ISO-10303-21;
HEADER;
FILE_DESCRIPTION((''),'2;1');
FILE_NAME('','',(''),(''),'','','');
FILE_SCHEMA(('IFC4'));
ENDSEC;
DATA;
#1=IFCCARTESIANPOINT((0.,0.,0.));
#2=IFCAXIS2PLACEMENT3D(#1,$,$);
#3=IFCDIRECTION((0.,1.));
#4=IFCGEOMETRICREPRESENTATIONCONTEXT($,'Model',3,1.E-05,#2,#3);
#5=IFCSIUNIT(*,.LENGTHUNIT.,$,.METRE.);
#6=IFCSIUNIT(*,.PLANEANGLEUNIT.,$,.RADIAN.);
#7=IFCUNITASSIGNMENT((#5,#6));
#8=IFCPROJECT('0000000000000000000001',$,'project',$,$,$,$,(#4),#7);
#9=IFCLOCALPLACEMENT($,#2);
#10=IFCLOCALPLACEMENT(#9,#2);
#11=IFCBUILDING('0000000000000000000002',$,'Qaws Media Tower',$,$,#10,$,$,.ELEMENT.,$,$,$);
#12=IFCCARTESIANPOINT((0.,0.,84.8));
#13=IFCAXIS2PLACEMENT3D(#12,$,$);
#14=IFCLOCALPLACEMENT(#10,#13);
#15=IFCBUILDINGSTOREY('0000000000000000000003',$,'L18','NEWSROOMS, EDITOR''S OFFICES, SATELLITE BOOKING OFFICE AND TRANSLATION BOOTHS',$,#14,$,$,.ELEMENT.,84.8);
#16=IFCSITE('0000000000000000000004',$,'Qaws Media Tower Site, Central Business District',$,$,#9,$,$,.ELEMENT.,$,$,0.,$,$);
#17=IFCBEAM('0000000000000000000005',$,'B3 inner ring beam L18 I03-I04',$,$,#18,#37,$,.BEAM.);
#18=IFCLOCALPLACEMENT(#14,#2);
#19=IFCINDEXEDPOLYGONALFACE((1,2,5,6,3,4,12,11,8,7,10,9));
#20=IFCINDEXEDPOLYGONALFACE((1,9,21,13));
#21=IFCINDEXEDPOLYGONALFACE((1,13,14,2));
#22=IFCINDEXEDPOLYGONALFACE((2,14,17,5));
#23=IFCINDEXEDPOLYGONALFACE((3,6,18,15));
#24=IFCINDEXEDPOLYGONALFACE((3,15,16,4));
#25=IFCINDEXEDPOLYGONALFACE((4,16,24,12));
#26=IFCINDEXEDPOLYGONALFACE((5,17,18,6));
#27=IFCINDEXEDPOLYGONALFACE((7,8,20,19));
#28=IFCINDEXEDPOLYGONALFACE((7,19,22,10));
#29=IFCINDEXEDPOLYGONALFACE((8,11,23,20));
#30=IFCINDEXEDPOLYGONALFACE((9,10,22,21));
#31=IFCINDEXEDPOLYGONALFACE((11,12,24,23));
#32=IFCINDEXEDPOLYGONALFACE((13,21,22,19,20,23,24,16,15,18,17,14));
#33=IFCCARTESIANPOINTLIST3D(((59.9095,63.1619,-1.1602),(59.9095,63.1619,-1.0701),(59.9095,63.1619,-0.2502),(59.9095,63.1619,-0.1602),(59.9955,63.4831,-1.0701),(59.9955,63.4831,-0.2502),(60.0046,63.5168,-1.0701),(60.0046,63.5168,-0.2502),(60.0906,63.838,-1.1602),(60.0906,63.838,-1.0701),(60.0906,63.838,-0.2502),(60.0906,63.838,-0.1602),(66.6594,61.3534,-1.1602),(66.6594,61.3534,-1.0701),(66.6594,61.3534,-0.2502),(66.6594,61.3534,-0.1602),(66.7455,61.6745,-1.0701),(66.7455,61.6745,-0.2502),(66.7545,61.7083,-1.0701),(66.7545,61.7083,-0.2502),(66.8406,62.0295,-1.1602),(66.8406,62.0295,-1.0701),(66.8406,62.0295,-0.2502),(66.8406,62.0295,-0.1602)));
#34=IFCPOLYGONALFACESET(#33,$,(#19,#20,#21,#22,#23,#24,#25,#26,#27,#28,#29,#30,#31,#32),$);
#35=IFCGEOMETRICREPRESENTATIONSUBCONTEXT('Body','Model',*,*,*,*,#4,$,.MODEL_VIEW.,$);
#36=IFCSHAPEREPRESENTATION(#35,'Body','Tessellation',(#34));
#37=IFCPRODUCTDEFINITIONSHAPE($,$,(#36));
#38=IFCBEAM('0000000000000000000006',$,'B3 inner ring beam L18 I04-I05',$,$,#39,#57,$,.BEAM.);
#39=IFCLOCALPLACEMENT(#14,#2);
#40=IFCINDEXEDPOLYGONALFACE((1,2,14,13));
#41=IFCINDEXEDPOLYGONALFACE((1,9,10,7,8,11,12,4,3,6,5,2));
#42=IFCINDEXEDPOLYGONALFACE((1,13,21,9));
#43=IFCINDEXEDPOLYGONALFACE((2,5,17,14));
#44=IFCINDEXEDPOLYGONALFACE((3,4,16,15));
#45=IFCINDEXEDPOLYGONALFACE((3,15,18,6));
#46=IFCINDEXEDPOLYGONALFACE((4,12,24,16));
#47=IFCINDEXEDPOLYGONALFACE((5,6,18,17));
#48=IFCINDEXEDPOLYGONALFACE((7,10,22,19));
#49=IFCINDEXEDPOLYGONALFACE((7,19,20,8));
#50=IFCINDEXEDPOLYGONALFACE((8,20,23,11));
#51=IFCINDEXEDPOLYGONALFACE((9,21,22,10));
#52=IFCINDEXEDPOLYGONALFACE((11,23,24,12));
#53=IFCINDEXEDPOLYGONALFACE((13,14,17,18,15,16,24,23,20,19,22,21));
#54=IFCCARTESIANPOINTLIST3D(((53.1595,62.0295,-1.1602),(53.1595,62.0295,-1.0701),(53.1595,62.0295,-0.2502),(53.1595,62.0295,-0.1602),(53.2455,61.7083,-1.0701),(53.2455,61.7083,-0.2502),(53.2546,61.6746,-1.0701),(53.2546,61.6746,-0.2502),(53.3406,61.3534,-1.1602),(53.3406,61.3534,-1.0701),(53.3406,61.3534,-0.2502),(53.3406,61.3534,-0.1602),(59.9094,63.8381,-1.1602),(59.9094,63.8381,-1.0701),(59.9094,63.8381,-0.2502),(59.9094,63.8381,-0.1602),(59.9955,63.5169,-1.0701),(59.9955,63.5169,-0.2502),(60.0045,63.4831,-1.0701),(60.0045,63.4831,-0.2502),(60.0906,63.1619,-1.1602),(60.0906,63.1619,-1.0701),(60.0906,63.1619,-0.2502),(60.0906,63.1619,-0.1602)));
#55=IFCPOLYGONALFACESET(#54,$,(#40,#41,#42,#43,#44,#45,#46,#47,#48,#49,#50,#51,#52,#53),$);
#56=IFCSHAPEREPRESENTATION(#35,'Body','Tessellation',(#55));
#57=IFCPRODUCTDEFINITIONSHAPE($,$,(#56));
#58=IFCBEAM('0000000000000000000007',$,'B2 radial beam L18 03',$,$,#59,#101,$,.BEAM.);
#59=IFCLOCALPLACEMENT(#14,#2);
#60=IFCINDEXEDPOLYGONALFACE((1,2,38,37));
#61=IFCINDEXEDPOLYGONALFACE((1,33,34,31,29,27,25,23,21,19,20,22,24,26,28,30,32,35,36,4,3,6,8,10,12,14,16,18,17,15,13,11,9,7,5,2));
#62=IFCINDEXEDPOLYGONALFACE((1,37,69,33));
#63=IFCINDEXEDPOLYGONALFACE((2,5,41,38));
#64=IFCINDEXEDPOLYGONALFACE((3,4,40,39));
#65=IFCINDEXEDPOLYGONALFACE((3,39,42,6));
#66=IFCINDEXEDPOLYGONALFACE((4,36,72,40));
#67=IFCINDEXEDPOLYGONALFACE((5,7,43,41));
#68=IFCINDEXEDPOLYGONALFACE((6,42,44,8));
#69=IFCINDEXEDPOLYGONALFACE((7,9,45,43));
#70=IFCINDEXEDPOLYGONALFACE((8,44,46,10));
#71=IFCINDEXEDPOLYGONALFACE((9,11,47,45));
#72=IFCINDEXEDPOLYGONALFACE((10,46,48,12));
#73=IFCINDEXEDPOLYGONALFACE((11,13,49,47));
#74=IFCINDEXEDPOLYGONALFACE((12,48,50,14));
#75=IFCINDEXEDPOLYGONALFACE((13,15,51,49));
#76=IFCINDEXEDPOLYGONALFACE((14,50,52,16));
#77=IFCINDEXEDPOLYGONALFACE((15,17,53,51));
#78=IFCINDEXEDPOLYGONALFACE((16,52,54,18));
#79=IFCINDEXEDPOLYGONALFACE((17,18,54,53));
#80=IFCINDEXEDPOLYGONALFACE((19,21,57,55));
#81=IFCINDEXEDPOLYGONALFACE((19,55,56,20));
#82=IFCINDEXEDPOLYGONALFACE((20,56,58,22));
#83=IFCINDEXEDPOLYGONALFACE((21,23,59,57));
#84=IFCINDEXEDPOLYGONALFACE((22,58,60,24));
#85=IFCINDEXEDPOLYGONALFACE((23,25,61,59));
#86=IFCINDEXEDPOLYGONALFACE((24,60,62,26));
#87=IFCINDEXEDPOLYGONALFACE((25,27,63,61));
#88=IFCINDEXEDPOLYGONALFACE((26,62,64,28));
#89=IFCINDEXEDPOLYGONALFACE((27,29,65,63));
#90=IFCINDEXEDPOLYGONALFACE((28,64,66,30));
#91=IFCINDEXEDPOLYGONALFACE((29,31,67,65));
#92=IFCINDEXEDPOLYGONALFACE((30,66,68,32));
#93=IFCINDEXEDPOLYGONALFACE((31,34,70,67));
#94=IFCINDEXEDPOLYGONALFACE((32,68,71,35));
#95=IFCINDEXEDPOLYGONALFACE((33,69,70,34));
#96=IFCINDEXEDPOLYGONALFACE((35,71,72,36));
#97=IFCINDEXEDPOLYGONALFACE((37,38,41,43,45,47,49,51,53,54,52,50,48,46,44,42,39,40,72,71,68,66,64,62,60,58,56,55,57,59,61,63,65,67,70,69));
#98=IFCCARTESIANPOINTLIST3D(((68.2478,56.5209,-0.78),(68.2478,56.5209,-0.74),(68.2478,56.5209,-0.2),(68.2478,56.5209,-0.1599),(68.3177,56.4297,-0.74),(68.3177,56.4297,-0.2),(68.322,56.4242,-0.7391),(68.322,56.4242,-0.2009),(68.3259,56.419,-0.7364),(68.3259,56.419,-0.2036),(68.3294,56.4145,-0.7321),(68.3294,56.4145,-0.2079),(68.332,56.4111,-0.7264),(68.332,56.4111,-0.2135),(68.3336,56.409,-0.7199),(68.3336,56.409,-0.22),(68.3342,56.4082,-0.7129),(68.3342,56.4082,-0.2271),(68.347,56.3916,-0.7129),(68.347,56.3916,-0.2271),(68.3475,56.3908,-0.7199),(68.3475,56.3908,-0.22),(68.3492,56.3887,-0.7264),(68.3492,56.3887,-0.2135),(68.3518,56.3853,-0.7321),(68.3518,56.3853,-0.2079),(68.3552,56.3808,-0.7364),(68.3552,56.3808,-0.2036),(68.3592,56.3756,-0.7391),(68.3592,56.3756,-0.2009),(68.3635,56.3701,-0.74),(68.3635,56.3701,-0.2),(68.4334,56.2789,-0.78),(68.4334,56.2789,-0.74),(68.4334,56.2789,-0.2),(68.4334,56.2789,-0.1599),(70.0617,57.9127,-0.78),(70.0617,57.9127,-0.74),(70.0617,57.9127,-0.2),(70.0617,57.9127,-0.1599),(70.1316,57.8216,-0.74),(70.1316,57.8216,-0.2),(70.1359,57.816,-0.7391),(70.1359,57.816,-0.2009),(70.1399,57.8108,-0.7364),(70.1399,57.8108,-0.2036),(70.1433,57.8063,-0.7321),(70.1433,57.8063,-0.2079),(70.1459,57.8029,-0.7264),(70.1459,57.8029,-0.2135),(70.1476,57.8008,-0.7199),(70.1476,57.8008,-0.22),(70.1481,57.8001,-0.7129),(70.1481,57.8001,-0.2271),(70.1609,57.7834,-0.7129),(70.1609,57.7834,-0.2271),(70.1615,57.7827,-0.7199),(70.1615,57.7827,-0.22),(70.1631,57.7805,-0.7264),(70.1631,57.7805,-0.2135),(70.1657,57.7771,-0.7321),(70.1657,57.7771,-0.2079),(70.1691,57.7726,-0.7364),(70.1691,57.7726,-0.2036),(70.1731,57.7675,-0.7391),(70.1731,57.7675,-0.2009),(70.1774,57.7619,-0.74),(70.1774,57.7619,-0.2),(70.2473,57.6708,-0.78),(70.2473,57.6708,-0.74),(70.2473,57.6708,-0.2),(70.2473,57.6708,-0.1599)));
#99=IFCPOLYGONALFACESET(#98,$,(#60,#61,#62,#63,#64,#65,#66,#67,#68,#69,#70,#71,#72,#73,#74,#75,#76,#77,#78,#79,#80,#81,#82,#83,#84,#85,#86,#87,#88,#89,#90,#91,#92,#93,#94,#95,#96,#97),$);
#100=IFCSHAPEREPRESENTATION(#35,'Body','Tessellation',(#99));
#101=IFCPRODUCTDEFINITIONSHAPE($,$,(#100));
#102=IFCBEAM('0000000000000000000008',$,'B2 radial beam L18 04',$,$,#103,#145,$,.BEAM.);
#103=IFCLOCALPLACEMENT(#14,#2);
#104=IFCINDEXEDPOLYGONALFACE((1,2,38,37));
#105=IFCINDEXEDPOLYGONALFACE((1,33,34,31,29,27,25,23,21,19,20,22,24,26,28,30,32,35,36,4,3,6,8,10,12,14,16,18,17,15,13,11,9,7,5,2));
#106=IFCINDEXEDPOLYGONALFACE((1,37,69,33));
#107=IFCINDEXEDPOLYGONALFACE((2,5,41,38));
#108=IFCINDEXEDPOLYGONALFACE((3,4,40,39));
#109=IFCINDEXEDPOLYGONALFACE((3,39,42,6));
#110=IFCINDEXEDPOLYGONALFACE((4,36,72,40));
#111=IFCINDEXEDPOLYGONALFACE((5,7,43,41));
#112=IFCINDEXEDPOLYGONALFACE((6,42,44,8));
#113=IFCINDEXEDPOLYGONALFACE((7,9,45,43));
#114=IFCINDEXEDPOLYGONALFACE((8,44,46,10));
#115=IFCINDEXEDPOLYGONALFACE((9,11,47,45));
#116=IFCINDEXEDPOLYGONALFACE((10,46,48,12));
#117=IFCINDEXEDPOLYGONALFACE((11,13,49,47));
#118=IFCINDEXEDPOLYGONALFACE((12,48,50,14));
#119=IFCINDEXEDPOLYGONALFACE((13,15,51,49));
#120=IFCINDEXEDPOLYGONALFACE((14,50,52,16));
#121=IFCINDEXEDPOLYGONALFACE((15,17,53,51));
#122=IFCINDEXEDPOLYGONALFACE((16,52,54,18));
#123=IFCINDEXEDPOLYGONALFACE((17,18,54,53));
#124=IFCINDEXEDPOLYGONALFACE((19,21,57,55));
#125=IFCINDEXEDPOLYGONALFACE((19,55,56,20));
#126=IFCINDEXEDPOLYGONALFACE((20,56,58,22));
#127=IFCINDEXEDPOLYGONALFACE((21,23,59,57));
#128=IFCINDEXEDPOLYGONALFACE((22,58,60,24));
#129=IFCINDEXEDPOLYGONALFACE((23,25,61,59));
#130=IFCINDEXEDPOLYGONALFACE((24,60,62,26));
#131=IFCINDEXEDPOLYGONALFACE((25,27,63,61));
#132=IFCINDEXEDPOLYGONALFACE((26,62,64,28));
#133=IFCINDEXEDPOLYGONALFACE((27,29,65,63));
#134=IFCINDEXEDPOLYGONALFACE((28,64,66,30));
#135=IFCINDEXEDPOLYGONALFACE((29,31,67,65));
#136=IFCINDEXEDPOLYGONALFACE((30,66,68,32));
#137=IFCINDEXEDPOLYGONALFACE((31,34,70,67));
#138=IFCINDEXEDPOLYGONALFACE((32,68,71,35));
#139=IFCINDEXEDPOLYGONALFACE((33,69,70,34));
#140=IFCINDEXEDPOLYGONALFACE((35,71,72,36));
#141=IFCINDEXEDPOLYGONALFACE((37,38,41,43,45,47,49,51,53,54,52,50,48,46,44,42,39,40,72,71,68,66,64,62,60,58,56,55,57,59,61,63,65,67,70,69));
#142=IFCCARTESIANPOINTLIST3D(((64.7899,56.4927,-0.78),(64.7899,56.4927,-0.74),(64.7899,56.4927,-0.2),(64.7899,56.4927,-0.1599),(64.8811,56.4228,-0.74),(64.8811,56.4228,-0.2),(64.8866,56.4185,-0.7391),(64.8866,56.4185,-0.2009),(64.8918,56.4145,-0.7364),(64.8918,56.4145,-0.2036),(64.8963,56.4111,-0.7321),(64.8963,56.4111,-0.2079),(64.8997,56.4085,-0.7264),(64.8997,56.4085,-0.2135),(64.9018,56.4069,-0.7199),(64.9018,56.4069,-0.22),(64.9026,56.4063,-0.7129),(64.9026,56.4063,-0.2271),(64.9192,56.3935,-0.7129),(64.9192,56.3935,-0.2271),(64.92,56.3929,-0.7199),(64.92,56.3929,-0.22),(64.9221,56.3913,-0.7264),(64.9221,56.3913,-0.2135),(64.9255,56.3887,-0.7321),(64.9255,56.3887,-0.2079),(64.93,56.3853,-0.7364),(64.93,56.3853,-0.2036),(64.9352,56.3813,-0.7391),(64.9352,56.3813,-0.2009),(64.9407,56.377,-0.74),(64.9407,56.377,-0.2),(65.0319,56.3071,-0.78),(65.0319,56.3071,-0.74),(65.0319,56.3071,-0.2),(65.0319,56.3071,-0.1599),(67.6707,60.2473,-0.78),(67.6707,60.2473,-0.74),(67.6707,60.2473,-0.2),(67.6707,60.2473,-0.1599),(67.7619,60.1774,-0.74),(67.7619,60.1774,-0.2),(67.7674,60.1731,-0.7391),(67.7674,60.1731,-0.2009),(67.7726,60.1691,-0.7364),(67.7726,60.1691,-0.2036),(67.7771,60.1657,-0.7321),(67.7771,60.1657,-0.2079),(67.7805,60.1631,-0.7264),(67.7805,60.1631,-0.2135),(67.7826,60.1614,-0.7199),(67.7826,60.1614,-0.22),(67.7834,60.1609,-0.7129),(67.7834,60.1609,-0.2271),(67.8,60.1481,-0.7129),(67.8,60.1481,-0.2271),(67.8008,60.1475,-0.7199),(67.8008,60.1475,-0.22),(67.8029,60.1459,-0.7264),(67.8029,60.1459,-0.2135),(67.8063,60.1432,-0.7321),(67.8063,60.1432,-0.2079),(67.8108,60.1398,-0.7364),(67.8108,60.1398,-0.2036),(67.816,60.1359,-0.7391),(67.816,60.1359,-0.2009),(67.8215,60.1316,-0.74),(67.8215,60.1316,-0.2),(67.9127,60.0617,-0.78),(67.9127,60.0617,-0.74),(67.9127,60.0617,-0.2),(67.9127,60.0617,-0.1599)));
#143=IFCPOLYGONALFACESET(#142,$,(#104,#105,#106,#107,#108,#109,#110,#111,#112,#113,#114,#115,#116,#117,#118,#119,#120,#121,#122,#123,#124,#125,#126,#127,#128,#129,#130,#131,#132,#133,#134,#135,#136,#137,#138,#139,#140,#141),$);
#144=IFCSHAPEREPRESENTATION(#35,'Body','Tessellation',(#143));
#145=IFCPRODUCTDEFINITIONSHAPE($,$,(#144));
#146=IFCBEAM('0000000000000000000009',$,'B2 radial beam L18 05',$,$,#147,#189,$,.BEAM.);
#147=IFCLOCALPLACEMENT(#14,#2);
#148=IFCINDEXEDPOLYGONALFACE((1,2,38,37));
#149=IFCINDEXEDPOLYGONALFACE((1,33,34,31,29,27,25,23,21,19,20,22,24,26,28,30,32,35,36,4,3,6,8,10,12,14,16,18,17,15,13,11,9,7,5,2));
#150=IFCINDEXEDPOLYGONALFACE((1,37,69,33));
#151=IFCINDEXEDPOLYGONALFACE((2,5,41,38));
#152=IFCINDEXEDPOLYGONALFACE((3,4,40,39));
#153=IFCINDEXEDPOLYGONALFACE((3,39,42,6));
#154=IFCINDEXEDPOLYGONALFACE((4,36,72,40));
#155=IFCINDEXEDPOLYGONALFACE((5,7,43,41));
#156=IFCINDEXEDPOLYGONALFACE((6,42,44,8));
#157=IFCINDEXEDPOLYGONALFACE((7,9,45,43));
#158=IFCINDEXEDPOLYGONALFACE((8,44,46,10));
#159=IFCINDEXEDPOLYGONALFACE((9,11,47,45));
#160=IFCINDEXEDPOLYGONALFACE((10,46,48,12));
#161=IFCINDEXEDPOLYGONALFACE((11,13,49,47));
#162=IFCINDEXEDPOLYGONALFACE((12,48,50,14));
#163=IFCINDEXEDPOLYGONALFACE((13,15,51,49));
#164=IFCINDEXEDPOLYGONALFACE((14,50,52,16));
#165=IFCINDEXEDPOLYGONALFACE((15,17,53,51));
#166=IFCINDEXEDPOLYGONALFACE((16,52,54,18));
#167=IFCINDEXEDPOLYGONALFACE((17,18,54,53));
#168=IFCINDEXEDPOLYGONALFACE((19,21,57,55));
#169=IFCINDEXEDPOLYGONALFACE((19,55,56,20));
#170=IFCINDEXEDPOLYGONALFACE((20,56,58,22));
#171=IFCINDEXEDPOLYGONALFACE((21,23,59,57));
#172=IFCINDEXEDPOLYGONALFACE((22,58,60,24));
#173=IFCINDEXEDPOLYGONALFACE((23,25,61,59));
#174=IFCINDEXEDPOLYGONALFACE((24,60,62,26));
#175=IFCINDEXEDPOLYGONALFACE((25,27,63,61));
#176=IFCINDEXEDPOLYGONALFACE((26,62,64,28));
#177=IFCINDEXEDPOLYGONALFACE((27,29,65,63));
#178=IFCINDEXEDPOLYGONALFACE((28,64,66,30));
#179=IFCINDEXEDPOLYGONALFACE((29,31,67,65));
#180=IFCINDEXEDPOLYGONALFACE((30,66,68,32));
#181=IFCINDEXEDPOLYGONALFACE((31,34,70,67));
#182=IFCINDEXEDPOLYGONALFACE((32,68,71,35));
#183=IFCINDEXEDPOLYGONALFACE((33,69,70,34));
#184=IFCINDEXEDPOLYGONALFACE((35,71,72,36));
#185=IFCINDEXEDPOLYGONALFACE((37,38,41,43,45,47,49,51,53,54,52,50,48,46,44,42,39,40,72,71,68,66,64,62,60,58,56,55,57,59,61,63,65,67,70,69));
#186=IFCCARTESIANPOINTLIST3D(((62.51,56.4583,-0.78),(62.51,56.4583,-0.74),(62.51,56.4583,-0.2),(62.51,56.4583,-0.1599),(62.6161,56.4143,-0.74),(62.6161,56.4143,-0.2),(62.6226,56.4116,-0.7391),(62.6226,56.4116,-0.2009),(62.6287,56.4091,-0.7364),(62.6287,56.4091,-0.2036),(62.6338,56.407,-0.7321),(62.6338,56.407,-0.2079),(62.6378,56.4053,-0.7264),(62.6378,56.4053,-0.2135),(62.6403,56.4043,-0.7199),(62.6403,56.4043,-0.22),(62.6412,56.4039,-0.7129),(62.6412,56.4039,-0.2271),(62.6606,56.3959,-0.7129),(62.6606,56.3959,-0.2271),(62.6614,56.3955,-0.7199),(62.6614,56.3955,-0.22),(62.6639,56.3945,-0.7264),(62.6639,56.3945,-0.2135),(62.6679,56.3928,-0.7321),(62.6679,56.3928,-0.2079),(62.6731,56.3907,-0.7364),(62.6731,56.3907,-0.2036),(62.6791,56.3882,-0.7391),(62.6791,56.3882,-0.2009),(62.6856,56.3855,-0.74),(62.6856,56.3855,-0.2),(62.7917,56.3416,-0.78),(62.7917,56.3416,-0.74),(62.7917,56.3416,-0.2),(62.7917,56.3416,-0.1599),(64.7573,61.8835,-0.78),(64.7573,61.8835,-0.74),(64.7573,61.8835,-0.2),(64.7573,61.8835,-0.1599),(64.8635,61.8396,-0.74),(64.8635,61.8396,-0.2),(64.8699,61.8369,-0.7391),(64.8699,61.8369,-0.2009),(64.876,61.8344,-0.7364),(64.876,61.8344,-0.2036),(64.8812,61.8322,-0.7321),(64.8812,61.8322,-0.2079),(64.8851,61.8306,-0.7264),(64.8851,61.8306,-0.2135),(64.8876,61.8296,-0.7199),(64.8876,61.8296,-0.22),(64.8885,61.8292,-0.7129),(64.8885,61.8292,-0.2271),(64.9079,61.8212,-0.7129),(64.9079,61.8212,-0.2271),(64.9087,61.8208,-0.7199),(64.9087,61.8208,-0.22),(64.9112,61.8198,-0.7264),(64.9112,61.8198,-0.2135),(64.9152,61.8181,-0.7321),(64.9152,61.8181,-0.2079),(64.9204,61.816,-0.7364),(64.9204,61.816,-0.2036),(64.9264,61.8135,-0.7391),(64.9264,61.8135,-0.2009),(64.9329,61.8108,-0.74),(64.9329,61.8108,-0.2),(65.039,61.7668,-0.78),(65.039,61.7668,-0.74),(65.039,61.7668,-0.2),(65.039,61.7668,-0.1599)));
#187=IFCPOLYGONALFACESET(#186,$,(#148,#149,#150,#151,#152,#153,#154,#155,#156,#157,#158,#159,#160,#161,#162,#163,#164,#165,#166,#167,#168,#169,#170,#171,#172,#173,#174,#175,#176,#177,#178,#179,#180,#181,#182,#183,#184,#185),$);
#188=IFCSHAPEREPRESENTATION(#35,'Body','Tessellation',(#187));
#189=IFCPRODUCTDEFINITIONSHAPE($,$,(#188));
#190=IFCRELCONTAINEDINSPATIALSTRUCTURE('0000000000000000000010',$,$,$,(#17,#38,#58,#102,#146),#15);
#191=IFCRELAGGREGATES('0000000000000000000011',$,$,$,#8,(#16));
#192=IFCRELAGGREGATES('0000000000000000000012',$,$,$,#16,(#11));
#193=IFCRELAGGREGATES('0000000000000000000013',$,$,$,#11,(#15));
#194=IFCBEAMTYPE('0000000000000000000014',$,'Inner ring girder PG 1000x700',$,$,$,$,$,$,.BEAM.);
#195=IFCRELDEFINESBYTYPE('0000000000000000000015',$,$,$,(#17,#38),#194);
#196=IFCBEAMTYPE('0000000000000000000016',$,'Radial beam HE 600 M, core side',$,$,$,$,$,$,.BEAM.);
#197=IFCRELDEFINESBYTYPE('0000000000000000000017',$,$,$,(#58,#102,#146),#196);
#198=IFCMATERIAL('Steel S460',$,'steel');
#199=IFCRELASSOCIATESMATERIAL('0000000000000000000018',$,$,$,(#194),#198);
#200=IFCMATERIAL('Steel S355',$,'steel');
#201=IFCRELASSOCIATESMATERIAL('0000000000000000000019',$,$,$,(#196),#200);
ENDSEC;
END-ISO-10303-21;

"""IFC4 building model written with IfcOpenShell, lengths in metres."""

from ifc_helpers import new_model, si_unit, direction, frame, origin, origin_2d, place, context, subcontext, project, spatial, i_section, extrude, material, material_profile, profile_set, type_object, element, save


model = new_model("IFC4")

# Units and contexts
model_context = context("Model", 3, precision=1e-05, world=origin(), true_north=direction((0.0, 1.0)))
body_context = subcontext(model_context, "Body", "Model", "MODEL_VIEW")
ifc_project = project(units=[si_unit("LENGTHUNIT", "METRE"), si_unit("PLANEANGLEUNIT", "RADIAN")], contexts=[model_context])

# Site, building, storey
site_placement = place(None, origin())
site = spatial("IfcSite", under=ifc_project, at=site_placement, Name="Qaws Media Tower Site, Central Business District", CompositionType="ELEMENT", RefElevation=0.0)
building_placement = place(site_placement, origin())
building = spatial("IfcBuilding", under=site, at=building_placement, Name="Qaws Media Tower", CompositionType="ELEMENT")
storey_placement = place(building_placement, frame((0.0, 0.0, 84.8)))
storey = spatial("IfcBuildingStorey", under=building, at=storey_placement, Name="L18", Description="NEWSROOMS, EDITOR'S OFFICES, SATELLITE BOOKING OFFICE AND TRANSLATION BOOTHS", CompositionType="ELEMENT", Elevation=84.8)

# Beams
ifc_material_1 = material(Name="Steel S460", Category="steel")
ifc_material_profile_1 = material_profile(ifc_material_1, i_section(OverallWidth=0.7, OverallDepth=1.0, WebThickness=0.0349, FlangeThickness=0.0901, at=origin_2d()), Name="PG 1000x700")
ifc_profile_set_1 = profile_set([ifc_material_profile_1], Name="Steel S460")
beam_type_1 = type_object("IfcBeamType", Name="Inner ring girder PG 1000x700", PredefinedType="BEAM", material=ifc_profile_set_1)
for number, where, z_axis, x_axis, name in (
    (1, (66.75, 61.6914, -0.6602), (-0.965928, 0.258811, 0.0), (-0.258811, -0.965928, 0.0), "B3 inner ring beam L18 I03-I04"),
    (2, (60.0, 63.5, -0.6602), (-0.965928, -0.258811, 0.0), (0.258811, -0.965928, 0.0), "B3 inner ring beam L18 I04-I05"),
):
    element("IfcBeam", number, at=place(storey_placement, frame(where, z_axis=z_axis, x_axis=x_axis)), inside=storey, type_object=beam_type_1, Name=name, PredefinedType="BEAM", context=body_context, shape_type="SweptSolid", body=[
        extrude(i_section(OverallWidth=0.7, OverallDepth=1.0, WebThickness=0.0349, FlangeThickness=0.0901, at=origin_2d()), origin(), (0.0, 0.0, 1.0), 6.988),
    ])
ifc_material_2 = material(Name="Steel S355", Category="steel")
ifc_material_profile_2 = material_profile(ifc_material_2, i_section(OverallWidth=0.3049, OverallDepth=0.6201, WebThickness=0.021, FlangeThickness=0.04, FilletRadius=0.0271, at=origin_2d()), Name="HE 600 M")
ifc_profile_set_2 = profile_set([ifc_material_profile_2], Name="Steel S355")
beam_type_2 = type_object("IfcBeamType", Name="Radial beam HE 600 M, core side", PredefinedType="BEAM", material=ifc_profile_set_2)
beam_1_placement = place(storey_placement, frame((68.3406, 56.3999, -0.47), z_axis=(0.793366, 0.608745, 0.0), x_axis=(-0.608745, 0.793366, 0.0)))
element("IfcBeam", 3, at=beam_1_placement, inside=storey, type_object=beam_type_2, Name="B2 radial beam L18 03", PredefinedType="BEAM", context=body_context, shape_type="SweptSolid", body=[
    extrude(i_section(OverallWidth=0.3049, OverallDepth=0.6201, WebThickness=0.021, FlangeThickness=0.04, FilletRadius=0.0271, at=origin_2d()), origin(), (0.0, 0.0, 1.0), 2.2864),
])
beam_2_placement = place(storey_placement, frame((64.9109, 56.3999, -0.47), z_axis=(0.608738, 0.793371, 0.0), x_axis=(-0.793371, 0.608738, 0.0)))
element("IfcBeam", 4, at=beam_2_placement, inside=storey, type_object=beam_type_2, Name="B2 radial beam L18 04", PredefinedType="BEAM", context=body_context, shape_type="SweptSolid", body=[
    extrude(i_section(OverallWidth=0.3049, OverallDepth=0.6201, WebThickness=0.021, FlangeThickness=0.04, FilletRadius=0.0271, at=origin_2d()), origin(), (0.0, 0.0, 1.0), 4.7324),
])
beam_3_placement = place(storey_placement, frame((62.6509, 56.3999, -0.47), z_axis=(0.382696, 0.923874, 0.0), x_axis=(-0.923874, 0.382696, 0.0)))
element("IfcBeam", 5, at=beam_3_placement, inside=storey, type_object=beam_type_2, Name="B2 radial beam L18 05", PredefinedType="BEAM", context=body_context, shape_type="SweptSolid", body=[
    extrude(i_section(OverallWidth=0.3049, OverallDepth=0.6201, WebThickness=0.021, FlangeThickness=0.04, FilletRadius=0.0271, at=origin_2d()), origin(), (0.0, 0.0, 1.0), 5.8723),
])

save(model, "model.ifc")
